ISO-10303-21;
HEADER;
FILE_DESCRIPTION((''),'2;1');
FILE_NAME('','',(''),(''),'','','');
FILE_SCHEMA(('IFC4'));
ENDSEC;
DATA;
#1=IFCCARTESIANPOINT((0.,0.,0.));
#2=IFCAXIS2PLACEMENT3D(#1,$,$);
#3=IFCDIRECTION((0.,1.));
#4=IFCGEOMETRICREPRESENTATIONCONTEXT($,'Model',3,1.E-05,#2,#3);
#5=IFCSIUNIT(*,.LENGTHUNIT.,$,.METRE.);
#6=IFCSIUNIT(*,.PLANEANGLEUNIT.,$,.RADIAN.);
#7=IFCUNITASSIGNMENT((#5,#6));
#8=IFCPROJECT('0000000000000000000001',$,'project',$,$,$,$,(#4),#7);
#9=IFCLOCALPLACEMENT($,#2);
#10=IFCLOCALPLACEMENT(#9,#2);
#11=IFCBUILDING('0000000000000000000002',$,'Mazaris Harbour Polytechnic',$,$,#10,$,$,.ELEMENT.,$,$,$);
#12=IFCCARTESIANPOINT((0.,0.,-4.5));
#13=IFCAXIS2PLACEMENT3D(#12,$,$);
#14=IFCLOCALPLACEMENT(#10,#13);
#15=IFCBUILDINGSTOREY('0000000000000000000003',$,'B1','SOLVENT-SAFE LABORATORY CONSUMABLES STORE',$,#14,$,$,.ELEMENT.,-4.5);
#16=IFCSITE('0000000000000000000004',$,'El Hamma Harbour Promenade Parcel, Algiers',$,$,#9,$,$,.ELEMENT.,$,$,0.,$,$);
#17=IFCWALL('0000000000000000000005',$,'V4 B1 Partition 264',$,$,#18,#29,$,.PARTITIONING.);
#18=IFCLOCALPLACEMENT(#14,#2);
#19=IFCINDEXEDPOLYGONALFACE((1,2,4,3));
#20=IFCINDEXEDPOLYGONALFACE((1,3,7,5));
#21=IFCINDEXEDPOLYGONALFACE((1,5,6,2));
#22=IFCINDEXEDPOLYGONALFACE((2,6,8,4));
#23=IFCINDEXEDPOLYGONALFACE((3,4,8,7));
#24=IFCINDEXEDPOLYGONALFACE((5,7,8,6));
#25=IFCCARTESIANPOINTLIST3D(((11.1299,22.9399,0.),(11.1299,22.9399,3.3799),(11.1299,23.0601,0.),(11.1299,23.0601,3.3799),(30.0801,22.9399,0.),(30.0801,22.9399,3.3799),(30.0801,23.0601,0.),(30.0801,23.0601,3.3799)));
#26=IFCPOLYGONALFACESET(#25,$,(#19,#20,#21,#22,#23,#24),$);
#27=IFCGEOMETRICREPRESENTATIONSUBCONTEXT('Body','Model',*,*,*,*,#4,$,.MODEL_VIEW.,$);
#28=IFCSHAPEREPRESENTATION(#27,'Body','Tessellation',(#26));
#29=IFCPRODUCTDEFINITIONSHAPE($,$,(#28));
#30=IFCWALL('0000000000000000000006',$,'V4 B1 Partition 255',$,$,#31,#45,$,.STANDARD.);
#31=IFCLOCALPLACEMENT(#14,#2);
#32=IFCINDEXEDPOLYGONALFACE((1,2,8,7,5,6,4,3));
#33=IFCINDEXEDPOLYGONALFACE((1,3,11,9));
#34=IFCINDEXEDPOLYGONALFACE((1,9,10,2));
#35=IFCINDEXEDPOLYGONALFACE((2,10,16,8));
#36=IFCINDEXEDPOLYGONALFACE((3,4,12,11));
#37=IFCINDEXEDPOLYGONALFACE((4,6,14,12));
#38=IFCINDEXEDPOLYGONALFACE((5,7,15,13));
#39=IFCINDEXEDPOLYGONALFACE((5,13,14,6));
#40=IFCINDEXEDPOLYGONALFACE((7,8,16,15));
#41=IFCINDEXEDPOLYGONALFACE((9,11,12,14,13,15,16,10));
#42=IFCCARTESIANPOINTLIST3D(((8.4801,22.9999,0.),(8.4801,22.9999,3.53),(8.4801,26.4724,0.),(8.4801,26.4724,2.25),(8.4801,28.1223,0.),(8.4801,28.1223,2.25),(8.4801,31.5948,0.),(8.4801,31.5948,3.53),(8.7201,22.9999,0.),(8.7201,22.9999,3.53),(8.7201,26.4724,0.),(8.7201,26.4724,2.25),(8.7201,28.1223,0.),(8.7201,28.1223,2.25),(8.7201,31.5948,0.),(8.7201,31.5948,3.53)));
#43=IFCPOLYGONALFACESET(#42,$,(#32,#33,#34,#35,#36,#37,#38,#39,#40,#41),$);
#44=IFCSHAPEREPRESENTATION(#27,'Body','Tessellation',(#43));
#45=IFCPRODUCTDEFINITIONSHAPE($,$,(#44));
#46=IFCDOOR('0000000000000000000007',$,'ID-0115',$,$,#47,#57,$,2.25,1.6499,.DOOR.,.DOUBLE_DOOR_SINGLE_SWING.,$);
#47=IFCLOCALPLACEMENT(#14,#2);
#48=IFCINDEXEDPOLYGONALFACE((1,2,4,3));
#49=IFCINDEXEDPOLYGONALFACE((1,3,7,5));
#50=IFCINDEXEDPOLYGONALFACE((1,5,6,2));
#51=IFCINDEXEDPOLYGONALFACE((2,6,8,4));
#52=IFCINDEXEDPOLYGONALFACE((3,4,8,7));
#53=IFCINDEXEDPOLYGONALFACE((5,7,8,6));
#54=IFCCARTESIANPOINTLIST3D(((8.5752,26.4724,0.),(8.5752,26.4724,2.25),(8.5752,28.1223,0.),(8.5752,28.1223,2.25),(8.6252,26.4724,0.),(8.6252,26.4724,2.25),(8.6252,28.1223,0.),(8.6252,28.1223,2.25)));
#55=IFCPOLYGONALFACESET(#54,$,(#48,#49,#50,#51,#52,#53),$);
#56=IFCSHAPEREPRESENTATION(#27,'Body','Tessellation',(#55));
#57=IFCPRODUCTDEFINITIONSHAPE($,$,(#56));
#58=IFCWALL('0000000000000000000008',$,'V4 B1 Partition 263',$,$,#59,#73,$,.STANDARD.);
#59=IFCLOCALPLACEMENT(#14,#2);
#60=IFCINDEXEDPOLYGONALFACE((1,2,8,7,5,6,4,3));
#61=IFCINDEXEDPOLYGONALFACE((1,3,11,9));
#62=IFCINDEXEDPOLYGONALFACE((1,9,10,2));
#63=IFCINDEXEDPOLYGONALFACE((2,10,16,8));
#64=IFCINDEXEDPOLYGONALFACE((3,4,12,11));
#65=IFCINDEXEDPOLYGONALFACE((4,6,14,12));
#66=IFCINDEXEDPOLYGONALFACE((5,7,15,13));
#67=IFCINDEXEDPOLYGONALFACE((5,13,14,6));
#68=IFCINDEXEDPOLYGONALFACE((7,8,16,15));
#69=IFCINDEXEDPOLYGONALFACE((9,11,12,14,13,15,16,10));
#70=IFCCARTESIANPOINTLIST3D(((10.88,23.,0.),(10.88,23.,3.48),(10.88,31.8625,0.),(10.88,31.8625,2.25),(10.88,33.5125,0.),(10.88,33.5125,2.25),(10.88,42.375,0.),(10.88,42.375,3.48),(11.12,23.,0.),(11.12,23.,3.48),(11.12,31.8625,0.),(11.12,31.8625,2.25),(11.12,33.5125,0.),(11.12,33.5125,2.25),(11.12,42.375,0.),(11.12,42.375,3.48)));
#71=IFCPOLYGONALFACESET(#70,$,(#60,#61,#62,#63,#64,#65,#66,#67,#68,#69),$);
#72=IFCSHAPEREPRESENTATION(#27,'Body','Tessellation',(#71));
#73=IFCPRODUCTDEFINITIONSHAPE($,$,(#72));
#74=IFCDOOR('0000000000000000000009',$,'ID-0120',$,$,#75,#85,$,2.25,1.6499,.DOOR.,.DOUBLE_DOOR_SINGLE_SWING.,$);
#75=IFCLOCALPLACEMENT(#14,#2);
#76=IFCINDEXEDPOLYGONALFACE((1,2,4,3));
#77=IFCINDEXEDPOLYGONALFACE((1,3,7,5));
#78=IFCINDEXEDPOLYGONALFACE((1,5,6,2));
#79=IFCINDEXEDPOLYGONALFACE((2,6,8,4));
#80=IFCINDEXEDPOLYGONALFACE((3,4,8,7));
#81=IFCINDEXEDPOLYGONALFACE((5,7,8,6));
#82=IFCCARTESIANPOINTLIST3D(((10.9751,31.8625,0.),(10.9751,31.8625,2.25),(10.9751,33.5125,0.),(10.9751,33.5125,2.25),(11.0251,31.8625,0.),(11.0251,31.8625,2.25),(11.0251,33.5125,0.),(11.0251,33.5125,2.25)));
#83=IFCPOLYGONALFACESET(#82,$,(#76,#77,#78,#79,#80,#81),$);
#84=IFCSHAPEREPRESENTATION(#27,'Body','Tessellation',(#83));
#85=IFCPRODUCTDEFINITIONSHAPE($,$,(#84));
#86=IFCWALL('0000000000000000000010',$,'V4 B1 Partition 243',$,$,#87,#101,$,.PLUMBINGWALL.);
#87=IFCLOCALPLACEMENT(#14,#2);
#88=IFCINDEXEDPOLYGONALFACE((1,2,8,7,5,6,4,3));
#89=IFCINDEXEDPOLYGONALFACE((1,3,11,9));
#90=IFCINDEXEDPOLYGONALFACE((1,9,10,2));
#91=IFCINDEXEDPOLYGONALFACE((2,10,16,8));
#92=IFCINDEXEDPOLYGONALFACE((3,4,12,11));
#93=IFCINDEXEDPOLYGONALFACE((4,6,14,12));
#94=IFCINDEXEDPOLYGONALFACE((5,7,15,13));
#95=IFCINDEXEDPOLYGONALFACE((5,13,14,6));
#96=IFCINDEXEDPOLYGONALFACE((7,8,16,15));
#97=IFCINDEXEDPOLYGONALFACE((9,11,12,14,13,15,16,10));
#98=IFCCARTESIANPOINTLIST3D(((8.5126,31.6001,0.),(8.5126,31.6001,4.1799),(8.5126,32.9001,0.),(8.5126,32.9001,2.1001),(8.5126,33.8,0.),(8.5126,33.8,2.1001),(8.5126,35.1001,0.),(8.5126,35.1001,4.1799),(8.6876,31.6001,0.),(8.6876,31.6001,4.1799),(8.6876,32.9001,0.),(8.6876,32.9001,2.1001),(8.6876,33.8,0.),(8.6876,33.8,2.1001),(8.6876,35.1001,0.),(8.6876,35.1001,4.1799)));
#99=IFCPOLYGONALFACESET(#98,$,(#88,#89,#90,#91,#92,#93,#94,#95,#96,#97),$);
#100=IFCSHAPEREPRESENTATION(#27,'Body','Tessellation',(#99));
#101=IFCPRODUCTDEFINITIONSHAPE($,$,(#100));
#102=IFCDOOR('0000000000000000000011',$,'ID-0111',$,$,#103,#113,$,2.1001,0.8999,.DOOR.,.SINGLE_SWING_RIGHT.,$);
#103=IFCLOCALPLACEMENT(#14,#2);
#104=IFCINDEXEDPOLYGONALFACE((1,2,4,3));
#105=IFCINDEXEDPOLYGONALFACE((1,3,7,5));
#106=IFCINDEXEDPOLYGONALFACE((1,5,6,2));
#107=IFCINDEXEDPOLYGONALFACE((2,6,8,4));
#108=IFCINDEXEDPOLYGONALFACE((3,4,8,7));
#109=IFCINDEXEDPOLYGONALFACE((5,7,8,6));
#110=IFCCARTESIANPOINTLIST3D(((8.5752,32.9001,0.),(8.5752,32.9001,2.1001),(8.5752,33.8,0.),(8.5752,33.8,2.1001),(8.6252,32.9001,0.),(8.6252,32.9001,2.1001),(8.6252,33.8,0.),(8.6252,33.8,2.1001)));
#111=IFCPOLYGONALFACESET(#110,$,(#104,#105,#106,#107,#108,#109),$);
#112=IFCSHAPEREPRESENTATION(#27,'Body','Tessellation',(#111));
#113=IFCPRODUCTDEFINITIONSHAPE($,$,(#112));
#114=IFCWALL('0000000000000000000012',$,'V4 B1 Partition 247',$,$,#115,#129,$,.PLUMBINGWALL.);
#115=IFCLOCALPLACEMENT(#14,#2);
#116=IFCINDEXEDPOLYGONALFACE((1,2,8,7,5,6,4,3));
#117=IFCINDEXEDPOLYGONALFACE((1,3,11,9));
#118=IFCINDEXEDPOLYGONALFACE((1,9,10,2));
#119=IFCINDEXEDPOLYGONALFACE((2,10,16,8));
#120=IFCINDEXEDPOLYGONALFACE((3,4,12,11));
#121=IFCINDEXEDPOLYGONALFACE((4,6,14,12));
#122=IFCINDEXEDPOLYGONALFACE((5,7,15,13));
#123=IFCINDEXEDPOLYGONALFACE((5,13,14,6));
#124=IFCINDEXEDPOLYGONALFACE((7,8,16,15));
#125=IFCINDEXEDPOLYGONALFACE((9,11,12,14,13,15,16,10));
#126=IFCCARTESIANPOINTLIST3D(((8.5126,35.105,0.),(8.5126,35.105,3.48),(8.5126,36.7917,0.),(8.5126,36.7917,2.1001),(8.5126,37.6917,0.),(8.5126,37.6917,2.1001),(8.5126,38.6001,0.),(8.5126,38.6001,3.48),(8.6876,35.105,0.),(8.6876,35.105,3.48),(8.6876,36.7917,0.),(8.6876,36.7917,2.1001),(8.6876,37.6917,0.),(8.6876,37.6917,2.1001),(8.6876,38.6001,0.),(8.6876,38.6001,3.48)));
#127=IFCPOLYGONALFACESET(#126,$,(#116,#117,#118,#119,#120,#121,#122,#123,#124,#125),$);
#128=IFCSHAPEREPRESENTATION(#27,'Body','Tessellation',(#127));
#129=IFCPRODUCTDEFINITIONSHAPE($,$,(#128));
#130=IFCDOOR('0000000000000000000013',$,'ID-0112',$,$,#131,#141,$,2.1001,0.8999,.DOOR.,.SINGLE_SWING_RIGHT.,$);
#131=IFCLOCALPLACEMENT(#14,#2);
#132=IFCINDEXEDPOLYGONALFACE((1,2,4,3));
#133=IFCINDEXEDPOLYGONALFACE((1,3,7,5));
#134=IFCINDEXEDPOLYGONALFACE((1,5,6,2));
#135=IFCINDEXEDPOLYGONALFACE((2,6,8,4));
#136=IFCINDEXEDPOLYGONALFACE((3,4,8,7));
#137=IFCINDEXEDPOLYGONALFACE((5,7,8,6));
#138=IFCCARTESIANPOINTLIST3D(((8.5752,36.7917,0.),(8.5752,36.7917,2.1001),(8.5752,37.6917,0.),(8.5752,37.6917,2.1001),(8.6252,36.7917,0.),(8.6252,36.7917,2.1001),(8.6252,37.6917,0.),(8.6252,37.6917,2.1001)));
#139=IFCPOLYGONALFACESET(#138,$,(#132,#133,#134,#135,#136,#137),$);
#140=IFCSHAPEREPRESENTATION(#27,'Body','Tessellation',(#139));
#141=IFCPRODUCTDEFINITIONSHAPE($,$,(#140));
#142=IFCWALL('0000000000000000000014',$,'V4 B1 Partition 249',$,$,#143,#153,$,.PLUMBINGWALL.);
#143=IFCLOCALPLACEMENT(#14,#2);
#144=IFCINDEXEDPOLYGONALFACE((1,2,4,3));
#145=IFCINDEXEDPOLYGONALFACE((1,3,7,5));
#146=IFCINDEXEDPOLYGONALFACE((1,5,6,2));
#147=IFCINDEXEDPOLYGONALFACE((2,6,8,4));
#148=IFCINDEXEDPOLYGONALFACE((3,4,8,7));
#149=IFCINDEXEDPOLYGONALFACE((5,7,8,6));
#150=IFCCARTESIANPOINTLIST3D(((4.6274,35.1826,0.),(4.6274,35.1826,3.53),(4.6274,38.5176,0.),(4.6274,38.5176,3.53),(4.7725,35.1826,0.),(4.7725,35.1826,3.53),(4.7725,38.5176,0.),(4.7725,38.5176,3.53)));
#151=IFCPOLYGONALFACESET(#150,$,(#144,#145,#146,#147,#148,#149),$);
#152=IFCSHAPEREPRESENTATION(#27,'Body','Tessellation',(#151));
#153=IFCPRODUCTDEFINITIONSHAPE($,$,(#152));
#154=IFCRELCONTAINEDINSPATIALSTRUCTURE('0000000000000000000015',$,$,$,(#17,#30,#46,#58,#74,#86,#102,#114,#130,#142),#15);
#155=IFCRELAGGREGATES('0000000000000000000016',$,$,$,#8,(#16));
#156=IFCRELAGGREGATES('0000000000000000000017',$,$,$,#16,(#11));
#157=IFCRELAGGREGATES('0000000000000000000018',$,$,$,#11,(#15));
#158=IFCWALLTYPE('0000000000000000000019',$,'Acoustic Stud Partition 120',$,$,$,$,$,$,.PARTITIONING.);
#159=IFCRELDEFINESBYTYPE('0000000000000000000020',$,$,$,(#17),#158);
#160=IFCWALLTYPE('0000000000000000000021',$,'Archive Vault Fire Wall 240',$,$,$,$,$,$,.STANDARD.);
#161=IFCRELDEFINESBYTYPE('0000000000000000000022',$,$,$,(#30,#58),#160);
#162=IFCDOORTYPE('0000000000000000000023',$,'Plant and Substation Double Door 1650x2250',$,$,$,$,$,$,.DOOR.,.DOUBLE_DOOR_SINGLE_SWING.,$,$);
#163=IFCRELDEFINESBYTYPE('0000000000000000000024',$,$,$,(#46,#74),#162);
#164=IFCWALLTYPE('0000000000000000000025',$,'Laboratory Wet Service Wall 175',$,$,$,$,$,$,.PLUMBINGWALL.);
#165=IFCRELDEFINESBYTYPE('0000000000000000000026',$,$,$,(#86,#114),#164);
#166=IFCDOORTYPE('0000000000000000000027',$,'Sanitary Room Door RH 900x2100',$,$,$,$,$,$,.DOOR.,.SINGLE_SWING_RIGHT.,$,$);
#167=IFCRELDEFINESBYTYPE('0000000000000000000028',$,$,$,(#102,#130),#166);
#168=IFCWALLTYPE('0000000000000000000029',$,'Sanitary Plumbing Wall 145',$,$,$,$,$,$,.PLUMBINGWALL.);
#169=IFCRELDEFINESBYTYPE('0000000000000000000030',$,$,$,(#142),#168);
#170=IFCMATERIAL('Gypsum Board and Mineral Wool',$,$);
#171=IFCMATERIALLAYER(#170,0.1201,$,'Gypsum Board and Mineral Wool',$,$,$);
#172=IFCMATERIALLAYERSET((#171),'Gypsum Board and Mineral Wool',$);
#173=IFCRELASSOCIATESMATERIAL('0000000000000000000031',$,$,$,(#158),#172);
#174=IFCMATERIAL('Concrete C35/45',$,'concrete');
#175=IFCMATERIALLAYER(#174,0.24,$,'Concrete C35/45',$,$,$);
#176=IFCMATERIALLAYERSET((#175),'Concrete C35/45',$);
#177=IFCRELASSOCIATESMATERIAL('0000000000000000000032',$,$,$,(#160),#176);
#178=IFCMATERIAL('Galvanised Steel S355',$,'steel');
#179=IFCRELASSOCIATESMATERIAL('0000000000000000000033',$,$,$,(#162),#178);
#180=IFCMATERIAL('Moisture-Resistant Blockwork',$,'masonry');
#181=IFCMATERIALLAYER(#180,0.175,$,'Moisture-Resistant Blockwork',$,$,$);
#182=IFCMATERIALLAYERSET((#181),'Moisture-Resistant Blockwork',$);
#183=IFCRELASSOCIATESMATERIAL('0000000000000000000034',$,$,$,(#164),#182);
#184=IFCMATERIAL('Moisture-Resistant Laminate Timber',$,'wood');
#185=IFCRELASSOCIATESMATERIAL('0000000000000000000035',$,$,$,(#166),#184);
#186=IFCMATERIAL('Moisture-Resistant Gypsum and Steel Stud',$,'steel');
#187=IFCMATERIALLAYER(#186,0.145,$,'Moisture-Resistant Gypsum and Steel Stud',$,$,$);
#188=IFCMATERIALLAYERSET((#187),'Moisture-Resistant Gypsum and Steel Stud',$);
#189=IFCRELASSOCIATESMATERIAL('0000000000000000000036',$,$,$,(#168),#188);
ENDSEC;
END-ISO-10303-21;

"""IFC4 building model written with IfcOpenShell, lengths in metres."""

from ifc_helpers import new_model, si_unit, direction, frame, frame_2d, origin, place, context, subcontext, project, spatial, rectangle, extrude, material, layer, layer_set, type_object, element, fill, save


model = new_model("IFC4")

# Units and contexts
model_context = context("Model", 3, precision=1e-05, world=origin(), true_north=direction((0.0, 1.0)))
body_context = subcontext(model_context, "Body", "Model", "MODEL_VIEW")
ifc_project = project(units=[si_unit("LENGTHUNIT", "METRE"), si_unit("PLANEANGLEUNIT", "RADIAN")], contexts=[model_context])

# Site, building, storey
site_placement = place(None, origin())
site = spatial("IfcSite", under=ifc_project, at=site_placement, Name="El Hamma Harbour Promenade Parcel, Algiers", CompositionType="ELEMENT", RefElevation=0.0)
building_placement = place(site_placement, origin())
building = spatial("IfcBuilding", under=site, at=building_placement, Name="Mazaris Harbour Polytechnic", CompositionType="ELEMENT")
storey_placement = place(building_placement, frame((0.0, 0.0, -4.5)))
storey = spatial("IfcBuildingStorey", under=building, at=storey_placement, Name="B1", Description="SOLVENT-SAFE LABORATORY CONSUMABLES STORE", CompositionType="ELEMENT", Elevation=-4.5)

# Wall
ifc_material_1 = material(Name="Gypsum Board and Mineral Wool")
ifc_layer_1 = layer(ifc_material_1, 0.1201, Name="Gypsum Board and Mineral Wool")
ifc_layer_set_1 = layer_set([ifc_layer_1], Name="Gypsum Board and Mineral Wool")
wall_type_1 = type_object("IfcWallType", Name="Acoustic Stud Partition 120", PredefinedType="PARTITIONING", material=ifc_layer_set_1)
wall_1_placement = place(storey_placement, frame((11.1299, 23.0, 0.0), z_axis=(0.0, 0.0, 1.0), x_axis=(1.0, 0.0, 0.0)))
element("IfcWall", 1, at=wall_1_placement, inside=storey, type_object=wall_type_1, Name="V4 B1 Partition 264", PredefinedType="PARTITIONING", context=body_context, shape_type="SweptSolid", body=[
    extrude(rectangle(XDim=18.9502, YDim=0.1201, at=frame_2d((9.4751, 0.0))), origin(), (0.0, 0.0, 1.0), 3.3799),
])

# Walls, openings, doors
ifc_material_2 = material(Name="Concrete C35/45", Category="concrete")
ifc_layer_2 = layer(ifc_material_2, 0.24, Name="Concrete C35/45")
ifc_layer_set_2 = layer_set([ifc_layer_2], Name="Concrete C35/45")
wall_type_2 = type_object("IfcWallType", Name="Archive Vault Fire Wall 240", PredefinedType="STANDARD", material=ifc_layer_set_2)
wall_2_placement = place(storey_placement, frame((8.6001, 23.0, 0.0), z_axis=(0.0, 0.0, 1.0), x_axis=(0.0, 1.0, 0.0)))
wall_2 = element("IfcWall", 2, at=wall_2_placement, inside=storey, type_object=wall_type_2, Name="V4 B1 Partition 255", PredefinedType="STANDARD", context=body_context, shape_type="SweptSolid", body=[
    extrude(rectangle(XDim=8.595, YDim=0.24, at=frame_2d((4.2974, 0.0))), origin(), (0.0, 0.0, 1.0), 3.53),
])
opening_1_placement = place(wall_2_placement, frame((3.4724, 0.0, 0.0)))
opening_1 = element("IfcOpeningElement", 3, at=opening_1_placement, cuts=wall_2, PredefinedType="OPENING", context=body_context, shape_type="SweptSolid", body=[
    extrude(rectangle(XDim=1.6499, YDim=2.25, at=frame_2d((0.825, 1.125))), frame((0.0, 0.1299, 0.0), z_axis=(0.0, -1.0, 0.0), x_axis=(1.0, 0.0, 0.0)), (0.0, 0.0, 1.0), 0.26),
])
ifc_material_3 = material(Name="Galvanised Steel S355", Category="steel")
door_type_1 = type_object("IfcDoorType", Name="Plant and Substation Double Door 1650x2250", OperationType="DOUBLE_DOOR_SINGLE_SWING", PredefinedType="DOOR", material=ifc_material_3)
door_1_placement = place(opening_1_placement, origin())
door_1 = element("IfcDoor", 4, at=door_1_placement, inside=storey, type_object=door_type_1, Name="ID-0115", OperationType="DOUBLE_DOOR_SINGLE_SWING", OverallHeight=2.25, OverallWidth=1.6499, PredefinedType="DOOR", context=body_context, shape_type="SweptSolid", body=[
    extrude(rectangle(XDim=1.6499, YDim=2.25, at=frame_2d((0.825, 1.125))), frame((0.0, 0.0249, 0.0), z_axis=(0.0, -1.0, 0.0), x_axis=(1.0, 0.0, 0.0)), (0.0, 0.0, 1.0), 0.05),
])
fill(opening_1, door_1)
wall_3_placement = place(storey_placement, frame((11.0, 23.0, 0.0), z_axis=(0.0, 0.0, 1.0), x_axis=(0.0, 1.0, 0.0)))
wall_3 = element("IfcWall", 5, at=wall_3_placement, inside=storey, type_object=wall_type_2, Name="V4 B1 Partition 263", PredefinedType="STANDARD", context=body_context, shape_type="SweptSolid", body=[
    extrude(rectangle(XDim=19.375, YDim=0.24, at=frame_2d((9.6875, 0.0))), origin(), (0.0, 0.0, 1.0), 3.48),
])
opening_2_placement = place(wall_3_placement, frame((8.8625, 0.0, 0.0)))
opening_2 = element("IfcOpeningElement", 6, at=opening_2_placement, cuts=wall_3, PredefinedType="OPENING", context=body_context, shape_type="SweptSolid", body=[
    extrude(rectangle(XDim=1.6499, YDim=2.25, at=frame_2d((0.825, 1.125))), frame((0.0, 0.1299, 0.0), z_axis=(0.0, -1.0, 0.0), x_axis=(1.0, 0.0, 0.0)), (0.0, 0.0, 1.0), 0.26),
])
door_2_placement = place(opening_2_placement, origin())
door_2 = element("IfcDoor", 7, at=door_2_placement, inside=storey, type_object=door_type_1, Name="ID-0120", OperationType="DOUBLE_DOOR_SINGLE_SWING", OverallHeight=2.25, OverallWidth=1.6499, PredefinedType="DOOR", context=body_context, shape_type="SweptSolid", body=[
    extrude(rectangle(XDim=1.6499, YDim=2.25, at=frame_2d((0.825, 1.125))), frame((0.0, 0.0249, 0.0), z_axis=(0.0, -1.0, 0.0), x_axis=(1.0, 0.0, 0.0)), (0.0, 0.0, 1.0), 0.05),
])
fill(opening_2, door_2)
ifc_material_4 = material(Name="Moisture-Resistant Blockwork", Category="masonry")
ifc_layer_3 = layer(ifc_material_4, 0.175, Name="Moisture-Resistant Blockwork")
ifc_layer_set_3 = layer_set([ifc_layer_3], Name="Moisture-Resistant Blockwork")
wall_type_3 = type_object("IfcWallType", Name="Laboratory Wet Service Wall 175", PredefinedType="PLUMBINGWALL", material=ifc_layer_set_3)
wall_4_placement = place(storey_placement, frame((8.6001, 31.6001, 0.0), z_axis=(0.0, 0.0, 1.0), x_axis=(0.0, 1.0, 0.0)))
wall_4 = element("IfcWall", 8, at=wall_4_placement, inside=storey, type_object=wall_type_3, Name="V4 B1 Partition 243", PredefinedType="PLUMBINGWALL", context=body_context, shape_type="SweptSolid", body=[
    extrude(rectangle(XDim=3.5, YDim=0.175, at=frame_2d((1.75, 0.0))), origin(), (0.0, 0.0, 1.0), 4.1799),
])
opening_3_placement = place(wall_4_placement, frame((1.3, 0.0, 0.0)))
opening_3 = element("IfcOpeningElement", 9, at=opening_3_placement, cuts=wall_4, PredefinedType="OPENING", context=body_context, shape_type="SweptSolid", body=[
    extrude(rectangle(XDim=0.8999, YDim=2.1001, at=frame_2d((0.45, 1.05))), frame((0.0, 0.0974, 0.0), z_axis=(0.0, -1.0, 0.0), x_axis=(1.0, 0.0, 0.0)), (0.0, 0.0, 1.0), 0.1951),
])
ifc_material_5 = material(Name="Moisture-Resistant Laminate Timber", Category="wood")
door_type_2 = type_object("IfcDoorType", Name="Sanitary Room Door RH 900x2100", OperationType="SINGLE_SWING_RIGHT", PredefinedType="DOOR", material=ifc_material_5)
door_3_placement = place(opening_3_placement, origin())
door_3 = element("IfcDoor", 10, at=door_3_placement, inside=storey, type_object=door_type_2, Name="ID-0111", OperationType="SINGLE_SWING_RIGHT", OverallHeight=2.1001, OverallWidth=0.8999, PredefinedType="DOOR", context=body_context, shape_type="SweptSolid", body=[
    extrude(rectangle(XDim=0.8999, YDim=2.1001, at=frame_2d((0.45, 1.05))), frame((0.0, 0.0249, 0.0), z_axis=(0.0, -1.0, 0.0), x_axis=(1.0, 0.0, 0.0)), (0.0, 0.0, 1.0), 0.05),
])
fill(opening_3, door_3)
wall_5_placement = place(storey_placement, frame((8.6001, 35.105, 0.0), z_axis=(0.0, 0.0, 1.0), x_axis=(0.0, 1.0, 0.0)))
wall_5 = element("IfcWall", 11, at=wall_5_placement, inside=storey, type_object=wall_type_3, Name="V4 B1 Partition 247", PredefinedType="PLUMBINGWALL", context=body_context, shape_type="SweptSolid", body=[
    extrude(rectangle(XDim=3.4951, YDim=0.175, at=frame_2d((1.7476, 0.0))), origin(), (0.0, 0.0, 1.0), 3.48),
])
opening_4_placement = place(wall_5_placement, frame((1.6868, 0.0, 0.0)))
opening_4 = element("IfcOpeningElement", 12, at=opening_4_placement, cuts=wall_5, PredefinedType="OPENING", context=body_context, shape_type="SweptSolid", body=[
    extrude(rectangle(XDim=0.8999, YDim=2.1001, at=frame_2d((0.45, 1.05))), frame((0.0, 0.0974, 0.0), z_axis=(0.0, -1.0, 0.0), x_axis=(1.0, 0.0, 0.0)), (0.0, 0.0, 1.0), 0.1951),
])
door_4_placement = place(opening_4_placement, origin())
door_4 = element("IfcDoor", 13, at=door_4_placement, inside=storey, type_object=door_type_2, Name="ID-0112", OperationType="SINGLE_SWING_RIGHT", OverallHeight=2.1001, OverallWidth=0.8999, PredefinedType="DOOR", context=body_context, shape_type="SweptSolid", body=[
    extrude(rectangle(XDim=0.8999, YDim=2.1001, at=frame_2d((0.45, 1.05))), frame((0.0, 0.0249, 0.0), z_axis=(0.0, -1.0, 0.0), x_axis=(1.0, 0.0, 0.0)), (0.0, 0.0, 1.0), 0.05),
])
fill(opening_4, door_4)

# Wall
ifc_material_6 = material(Name="Moisture-Resistant Gypsum and Steel Stud", Category="steel")
ifc_layer_4 = layer(ifc_material_6, 0.145, Name="Moisture-Resistant Gypsum and Steel Stud")
ifc_layer_set_4 = layer_set([ifc_layer_4], Name="Moisture-Resistant Gypsum and Steel Stud")
wall_type_4 = type_object("IfcWallType", Name="Sanitary Plumbing Wall 145", PredefinedType="PLUMBINGWALL", material=ifc_layer_set_4)
wall_6_placement = place(storey_placement, frame((4.7, 35.1826, 0.0), z_axis=(0.0, 0.0, 1.0), x_axis=(0.0, 1.0, 0.0)))
element("IfcWall", 14, at=wall_6_placement, inside=storey, type_object=wall_type_4, Name="V4 B1 Partition 249", PredefinedType="PLUMBINGWALL", context=body_context, shape_type="SweptSolid", body=[
    extrude(rectangle(XDim=3.335, YDim=0.145, at=frame_2d((1.6675, 0.0))), origin(), (0.0, 0.0, 1.0), 3.53),
])

save(model, "model.ifc")
